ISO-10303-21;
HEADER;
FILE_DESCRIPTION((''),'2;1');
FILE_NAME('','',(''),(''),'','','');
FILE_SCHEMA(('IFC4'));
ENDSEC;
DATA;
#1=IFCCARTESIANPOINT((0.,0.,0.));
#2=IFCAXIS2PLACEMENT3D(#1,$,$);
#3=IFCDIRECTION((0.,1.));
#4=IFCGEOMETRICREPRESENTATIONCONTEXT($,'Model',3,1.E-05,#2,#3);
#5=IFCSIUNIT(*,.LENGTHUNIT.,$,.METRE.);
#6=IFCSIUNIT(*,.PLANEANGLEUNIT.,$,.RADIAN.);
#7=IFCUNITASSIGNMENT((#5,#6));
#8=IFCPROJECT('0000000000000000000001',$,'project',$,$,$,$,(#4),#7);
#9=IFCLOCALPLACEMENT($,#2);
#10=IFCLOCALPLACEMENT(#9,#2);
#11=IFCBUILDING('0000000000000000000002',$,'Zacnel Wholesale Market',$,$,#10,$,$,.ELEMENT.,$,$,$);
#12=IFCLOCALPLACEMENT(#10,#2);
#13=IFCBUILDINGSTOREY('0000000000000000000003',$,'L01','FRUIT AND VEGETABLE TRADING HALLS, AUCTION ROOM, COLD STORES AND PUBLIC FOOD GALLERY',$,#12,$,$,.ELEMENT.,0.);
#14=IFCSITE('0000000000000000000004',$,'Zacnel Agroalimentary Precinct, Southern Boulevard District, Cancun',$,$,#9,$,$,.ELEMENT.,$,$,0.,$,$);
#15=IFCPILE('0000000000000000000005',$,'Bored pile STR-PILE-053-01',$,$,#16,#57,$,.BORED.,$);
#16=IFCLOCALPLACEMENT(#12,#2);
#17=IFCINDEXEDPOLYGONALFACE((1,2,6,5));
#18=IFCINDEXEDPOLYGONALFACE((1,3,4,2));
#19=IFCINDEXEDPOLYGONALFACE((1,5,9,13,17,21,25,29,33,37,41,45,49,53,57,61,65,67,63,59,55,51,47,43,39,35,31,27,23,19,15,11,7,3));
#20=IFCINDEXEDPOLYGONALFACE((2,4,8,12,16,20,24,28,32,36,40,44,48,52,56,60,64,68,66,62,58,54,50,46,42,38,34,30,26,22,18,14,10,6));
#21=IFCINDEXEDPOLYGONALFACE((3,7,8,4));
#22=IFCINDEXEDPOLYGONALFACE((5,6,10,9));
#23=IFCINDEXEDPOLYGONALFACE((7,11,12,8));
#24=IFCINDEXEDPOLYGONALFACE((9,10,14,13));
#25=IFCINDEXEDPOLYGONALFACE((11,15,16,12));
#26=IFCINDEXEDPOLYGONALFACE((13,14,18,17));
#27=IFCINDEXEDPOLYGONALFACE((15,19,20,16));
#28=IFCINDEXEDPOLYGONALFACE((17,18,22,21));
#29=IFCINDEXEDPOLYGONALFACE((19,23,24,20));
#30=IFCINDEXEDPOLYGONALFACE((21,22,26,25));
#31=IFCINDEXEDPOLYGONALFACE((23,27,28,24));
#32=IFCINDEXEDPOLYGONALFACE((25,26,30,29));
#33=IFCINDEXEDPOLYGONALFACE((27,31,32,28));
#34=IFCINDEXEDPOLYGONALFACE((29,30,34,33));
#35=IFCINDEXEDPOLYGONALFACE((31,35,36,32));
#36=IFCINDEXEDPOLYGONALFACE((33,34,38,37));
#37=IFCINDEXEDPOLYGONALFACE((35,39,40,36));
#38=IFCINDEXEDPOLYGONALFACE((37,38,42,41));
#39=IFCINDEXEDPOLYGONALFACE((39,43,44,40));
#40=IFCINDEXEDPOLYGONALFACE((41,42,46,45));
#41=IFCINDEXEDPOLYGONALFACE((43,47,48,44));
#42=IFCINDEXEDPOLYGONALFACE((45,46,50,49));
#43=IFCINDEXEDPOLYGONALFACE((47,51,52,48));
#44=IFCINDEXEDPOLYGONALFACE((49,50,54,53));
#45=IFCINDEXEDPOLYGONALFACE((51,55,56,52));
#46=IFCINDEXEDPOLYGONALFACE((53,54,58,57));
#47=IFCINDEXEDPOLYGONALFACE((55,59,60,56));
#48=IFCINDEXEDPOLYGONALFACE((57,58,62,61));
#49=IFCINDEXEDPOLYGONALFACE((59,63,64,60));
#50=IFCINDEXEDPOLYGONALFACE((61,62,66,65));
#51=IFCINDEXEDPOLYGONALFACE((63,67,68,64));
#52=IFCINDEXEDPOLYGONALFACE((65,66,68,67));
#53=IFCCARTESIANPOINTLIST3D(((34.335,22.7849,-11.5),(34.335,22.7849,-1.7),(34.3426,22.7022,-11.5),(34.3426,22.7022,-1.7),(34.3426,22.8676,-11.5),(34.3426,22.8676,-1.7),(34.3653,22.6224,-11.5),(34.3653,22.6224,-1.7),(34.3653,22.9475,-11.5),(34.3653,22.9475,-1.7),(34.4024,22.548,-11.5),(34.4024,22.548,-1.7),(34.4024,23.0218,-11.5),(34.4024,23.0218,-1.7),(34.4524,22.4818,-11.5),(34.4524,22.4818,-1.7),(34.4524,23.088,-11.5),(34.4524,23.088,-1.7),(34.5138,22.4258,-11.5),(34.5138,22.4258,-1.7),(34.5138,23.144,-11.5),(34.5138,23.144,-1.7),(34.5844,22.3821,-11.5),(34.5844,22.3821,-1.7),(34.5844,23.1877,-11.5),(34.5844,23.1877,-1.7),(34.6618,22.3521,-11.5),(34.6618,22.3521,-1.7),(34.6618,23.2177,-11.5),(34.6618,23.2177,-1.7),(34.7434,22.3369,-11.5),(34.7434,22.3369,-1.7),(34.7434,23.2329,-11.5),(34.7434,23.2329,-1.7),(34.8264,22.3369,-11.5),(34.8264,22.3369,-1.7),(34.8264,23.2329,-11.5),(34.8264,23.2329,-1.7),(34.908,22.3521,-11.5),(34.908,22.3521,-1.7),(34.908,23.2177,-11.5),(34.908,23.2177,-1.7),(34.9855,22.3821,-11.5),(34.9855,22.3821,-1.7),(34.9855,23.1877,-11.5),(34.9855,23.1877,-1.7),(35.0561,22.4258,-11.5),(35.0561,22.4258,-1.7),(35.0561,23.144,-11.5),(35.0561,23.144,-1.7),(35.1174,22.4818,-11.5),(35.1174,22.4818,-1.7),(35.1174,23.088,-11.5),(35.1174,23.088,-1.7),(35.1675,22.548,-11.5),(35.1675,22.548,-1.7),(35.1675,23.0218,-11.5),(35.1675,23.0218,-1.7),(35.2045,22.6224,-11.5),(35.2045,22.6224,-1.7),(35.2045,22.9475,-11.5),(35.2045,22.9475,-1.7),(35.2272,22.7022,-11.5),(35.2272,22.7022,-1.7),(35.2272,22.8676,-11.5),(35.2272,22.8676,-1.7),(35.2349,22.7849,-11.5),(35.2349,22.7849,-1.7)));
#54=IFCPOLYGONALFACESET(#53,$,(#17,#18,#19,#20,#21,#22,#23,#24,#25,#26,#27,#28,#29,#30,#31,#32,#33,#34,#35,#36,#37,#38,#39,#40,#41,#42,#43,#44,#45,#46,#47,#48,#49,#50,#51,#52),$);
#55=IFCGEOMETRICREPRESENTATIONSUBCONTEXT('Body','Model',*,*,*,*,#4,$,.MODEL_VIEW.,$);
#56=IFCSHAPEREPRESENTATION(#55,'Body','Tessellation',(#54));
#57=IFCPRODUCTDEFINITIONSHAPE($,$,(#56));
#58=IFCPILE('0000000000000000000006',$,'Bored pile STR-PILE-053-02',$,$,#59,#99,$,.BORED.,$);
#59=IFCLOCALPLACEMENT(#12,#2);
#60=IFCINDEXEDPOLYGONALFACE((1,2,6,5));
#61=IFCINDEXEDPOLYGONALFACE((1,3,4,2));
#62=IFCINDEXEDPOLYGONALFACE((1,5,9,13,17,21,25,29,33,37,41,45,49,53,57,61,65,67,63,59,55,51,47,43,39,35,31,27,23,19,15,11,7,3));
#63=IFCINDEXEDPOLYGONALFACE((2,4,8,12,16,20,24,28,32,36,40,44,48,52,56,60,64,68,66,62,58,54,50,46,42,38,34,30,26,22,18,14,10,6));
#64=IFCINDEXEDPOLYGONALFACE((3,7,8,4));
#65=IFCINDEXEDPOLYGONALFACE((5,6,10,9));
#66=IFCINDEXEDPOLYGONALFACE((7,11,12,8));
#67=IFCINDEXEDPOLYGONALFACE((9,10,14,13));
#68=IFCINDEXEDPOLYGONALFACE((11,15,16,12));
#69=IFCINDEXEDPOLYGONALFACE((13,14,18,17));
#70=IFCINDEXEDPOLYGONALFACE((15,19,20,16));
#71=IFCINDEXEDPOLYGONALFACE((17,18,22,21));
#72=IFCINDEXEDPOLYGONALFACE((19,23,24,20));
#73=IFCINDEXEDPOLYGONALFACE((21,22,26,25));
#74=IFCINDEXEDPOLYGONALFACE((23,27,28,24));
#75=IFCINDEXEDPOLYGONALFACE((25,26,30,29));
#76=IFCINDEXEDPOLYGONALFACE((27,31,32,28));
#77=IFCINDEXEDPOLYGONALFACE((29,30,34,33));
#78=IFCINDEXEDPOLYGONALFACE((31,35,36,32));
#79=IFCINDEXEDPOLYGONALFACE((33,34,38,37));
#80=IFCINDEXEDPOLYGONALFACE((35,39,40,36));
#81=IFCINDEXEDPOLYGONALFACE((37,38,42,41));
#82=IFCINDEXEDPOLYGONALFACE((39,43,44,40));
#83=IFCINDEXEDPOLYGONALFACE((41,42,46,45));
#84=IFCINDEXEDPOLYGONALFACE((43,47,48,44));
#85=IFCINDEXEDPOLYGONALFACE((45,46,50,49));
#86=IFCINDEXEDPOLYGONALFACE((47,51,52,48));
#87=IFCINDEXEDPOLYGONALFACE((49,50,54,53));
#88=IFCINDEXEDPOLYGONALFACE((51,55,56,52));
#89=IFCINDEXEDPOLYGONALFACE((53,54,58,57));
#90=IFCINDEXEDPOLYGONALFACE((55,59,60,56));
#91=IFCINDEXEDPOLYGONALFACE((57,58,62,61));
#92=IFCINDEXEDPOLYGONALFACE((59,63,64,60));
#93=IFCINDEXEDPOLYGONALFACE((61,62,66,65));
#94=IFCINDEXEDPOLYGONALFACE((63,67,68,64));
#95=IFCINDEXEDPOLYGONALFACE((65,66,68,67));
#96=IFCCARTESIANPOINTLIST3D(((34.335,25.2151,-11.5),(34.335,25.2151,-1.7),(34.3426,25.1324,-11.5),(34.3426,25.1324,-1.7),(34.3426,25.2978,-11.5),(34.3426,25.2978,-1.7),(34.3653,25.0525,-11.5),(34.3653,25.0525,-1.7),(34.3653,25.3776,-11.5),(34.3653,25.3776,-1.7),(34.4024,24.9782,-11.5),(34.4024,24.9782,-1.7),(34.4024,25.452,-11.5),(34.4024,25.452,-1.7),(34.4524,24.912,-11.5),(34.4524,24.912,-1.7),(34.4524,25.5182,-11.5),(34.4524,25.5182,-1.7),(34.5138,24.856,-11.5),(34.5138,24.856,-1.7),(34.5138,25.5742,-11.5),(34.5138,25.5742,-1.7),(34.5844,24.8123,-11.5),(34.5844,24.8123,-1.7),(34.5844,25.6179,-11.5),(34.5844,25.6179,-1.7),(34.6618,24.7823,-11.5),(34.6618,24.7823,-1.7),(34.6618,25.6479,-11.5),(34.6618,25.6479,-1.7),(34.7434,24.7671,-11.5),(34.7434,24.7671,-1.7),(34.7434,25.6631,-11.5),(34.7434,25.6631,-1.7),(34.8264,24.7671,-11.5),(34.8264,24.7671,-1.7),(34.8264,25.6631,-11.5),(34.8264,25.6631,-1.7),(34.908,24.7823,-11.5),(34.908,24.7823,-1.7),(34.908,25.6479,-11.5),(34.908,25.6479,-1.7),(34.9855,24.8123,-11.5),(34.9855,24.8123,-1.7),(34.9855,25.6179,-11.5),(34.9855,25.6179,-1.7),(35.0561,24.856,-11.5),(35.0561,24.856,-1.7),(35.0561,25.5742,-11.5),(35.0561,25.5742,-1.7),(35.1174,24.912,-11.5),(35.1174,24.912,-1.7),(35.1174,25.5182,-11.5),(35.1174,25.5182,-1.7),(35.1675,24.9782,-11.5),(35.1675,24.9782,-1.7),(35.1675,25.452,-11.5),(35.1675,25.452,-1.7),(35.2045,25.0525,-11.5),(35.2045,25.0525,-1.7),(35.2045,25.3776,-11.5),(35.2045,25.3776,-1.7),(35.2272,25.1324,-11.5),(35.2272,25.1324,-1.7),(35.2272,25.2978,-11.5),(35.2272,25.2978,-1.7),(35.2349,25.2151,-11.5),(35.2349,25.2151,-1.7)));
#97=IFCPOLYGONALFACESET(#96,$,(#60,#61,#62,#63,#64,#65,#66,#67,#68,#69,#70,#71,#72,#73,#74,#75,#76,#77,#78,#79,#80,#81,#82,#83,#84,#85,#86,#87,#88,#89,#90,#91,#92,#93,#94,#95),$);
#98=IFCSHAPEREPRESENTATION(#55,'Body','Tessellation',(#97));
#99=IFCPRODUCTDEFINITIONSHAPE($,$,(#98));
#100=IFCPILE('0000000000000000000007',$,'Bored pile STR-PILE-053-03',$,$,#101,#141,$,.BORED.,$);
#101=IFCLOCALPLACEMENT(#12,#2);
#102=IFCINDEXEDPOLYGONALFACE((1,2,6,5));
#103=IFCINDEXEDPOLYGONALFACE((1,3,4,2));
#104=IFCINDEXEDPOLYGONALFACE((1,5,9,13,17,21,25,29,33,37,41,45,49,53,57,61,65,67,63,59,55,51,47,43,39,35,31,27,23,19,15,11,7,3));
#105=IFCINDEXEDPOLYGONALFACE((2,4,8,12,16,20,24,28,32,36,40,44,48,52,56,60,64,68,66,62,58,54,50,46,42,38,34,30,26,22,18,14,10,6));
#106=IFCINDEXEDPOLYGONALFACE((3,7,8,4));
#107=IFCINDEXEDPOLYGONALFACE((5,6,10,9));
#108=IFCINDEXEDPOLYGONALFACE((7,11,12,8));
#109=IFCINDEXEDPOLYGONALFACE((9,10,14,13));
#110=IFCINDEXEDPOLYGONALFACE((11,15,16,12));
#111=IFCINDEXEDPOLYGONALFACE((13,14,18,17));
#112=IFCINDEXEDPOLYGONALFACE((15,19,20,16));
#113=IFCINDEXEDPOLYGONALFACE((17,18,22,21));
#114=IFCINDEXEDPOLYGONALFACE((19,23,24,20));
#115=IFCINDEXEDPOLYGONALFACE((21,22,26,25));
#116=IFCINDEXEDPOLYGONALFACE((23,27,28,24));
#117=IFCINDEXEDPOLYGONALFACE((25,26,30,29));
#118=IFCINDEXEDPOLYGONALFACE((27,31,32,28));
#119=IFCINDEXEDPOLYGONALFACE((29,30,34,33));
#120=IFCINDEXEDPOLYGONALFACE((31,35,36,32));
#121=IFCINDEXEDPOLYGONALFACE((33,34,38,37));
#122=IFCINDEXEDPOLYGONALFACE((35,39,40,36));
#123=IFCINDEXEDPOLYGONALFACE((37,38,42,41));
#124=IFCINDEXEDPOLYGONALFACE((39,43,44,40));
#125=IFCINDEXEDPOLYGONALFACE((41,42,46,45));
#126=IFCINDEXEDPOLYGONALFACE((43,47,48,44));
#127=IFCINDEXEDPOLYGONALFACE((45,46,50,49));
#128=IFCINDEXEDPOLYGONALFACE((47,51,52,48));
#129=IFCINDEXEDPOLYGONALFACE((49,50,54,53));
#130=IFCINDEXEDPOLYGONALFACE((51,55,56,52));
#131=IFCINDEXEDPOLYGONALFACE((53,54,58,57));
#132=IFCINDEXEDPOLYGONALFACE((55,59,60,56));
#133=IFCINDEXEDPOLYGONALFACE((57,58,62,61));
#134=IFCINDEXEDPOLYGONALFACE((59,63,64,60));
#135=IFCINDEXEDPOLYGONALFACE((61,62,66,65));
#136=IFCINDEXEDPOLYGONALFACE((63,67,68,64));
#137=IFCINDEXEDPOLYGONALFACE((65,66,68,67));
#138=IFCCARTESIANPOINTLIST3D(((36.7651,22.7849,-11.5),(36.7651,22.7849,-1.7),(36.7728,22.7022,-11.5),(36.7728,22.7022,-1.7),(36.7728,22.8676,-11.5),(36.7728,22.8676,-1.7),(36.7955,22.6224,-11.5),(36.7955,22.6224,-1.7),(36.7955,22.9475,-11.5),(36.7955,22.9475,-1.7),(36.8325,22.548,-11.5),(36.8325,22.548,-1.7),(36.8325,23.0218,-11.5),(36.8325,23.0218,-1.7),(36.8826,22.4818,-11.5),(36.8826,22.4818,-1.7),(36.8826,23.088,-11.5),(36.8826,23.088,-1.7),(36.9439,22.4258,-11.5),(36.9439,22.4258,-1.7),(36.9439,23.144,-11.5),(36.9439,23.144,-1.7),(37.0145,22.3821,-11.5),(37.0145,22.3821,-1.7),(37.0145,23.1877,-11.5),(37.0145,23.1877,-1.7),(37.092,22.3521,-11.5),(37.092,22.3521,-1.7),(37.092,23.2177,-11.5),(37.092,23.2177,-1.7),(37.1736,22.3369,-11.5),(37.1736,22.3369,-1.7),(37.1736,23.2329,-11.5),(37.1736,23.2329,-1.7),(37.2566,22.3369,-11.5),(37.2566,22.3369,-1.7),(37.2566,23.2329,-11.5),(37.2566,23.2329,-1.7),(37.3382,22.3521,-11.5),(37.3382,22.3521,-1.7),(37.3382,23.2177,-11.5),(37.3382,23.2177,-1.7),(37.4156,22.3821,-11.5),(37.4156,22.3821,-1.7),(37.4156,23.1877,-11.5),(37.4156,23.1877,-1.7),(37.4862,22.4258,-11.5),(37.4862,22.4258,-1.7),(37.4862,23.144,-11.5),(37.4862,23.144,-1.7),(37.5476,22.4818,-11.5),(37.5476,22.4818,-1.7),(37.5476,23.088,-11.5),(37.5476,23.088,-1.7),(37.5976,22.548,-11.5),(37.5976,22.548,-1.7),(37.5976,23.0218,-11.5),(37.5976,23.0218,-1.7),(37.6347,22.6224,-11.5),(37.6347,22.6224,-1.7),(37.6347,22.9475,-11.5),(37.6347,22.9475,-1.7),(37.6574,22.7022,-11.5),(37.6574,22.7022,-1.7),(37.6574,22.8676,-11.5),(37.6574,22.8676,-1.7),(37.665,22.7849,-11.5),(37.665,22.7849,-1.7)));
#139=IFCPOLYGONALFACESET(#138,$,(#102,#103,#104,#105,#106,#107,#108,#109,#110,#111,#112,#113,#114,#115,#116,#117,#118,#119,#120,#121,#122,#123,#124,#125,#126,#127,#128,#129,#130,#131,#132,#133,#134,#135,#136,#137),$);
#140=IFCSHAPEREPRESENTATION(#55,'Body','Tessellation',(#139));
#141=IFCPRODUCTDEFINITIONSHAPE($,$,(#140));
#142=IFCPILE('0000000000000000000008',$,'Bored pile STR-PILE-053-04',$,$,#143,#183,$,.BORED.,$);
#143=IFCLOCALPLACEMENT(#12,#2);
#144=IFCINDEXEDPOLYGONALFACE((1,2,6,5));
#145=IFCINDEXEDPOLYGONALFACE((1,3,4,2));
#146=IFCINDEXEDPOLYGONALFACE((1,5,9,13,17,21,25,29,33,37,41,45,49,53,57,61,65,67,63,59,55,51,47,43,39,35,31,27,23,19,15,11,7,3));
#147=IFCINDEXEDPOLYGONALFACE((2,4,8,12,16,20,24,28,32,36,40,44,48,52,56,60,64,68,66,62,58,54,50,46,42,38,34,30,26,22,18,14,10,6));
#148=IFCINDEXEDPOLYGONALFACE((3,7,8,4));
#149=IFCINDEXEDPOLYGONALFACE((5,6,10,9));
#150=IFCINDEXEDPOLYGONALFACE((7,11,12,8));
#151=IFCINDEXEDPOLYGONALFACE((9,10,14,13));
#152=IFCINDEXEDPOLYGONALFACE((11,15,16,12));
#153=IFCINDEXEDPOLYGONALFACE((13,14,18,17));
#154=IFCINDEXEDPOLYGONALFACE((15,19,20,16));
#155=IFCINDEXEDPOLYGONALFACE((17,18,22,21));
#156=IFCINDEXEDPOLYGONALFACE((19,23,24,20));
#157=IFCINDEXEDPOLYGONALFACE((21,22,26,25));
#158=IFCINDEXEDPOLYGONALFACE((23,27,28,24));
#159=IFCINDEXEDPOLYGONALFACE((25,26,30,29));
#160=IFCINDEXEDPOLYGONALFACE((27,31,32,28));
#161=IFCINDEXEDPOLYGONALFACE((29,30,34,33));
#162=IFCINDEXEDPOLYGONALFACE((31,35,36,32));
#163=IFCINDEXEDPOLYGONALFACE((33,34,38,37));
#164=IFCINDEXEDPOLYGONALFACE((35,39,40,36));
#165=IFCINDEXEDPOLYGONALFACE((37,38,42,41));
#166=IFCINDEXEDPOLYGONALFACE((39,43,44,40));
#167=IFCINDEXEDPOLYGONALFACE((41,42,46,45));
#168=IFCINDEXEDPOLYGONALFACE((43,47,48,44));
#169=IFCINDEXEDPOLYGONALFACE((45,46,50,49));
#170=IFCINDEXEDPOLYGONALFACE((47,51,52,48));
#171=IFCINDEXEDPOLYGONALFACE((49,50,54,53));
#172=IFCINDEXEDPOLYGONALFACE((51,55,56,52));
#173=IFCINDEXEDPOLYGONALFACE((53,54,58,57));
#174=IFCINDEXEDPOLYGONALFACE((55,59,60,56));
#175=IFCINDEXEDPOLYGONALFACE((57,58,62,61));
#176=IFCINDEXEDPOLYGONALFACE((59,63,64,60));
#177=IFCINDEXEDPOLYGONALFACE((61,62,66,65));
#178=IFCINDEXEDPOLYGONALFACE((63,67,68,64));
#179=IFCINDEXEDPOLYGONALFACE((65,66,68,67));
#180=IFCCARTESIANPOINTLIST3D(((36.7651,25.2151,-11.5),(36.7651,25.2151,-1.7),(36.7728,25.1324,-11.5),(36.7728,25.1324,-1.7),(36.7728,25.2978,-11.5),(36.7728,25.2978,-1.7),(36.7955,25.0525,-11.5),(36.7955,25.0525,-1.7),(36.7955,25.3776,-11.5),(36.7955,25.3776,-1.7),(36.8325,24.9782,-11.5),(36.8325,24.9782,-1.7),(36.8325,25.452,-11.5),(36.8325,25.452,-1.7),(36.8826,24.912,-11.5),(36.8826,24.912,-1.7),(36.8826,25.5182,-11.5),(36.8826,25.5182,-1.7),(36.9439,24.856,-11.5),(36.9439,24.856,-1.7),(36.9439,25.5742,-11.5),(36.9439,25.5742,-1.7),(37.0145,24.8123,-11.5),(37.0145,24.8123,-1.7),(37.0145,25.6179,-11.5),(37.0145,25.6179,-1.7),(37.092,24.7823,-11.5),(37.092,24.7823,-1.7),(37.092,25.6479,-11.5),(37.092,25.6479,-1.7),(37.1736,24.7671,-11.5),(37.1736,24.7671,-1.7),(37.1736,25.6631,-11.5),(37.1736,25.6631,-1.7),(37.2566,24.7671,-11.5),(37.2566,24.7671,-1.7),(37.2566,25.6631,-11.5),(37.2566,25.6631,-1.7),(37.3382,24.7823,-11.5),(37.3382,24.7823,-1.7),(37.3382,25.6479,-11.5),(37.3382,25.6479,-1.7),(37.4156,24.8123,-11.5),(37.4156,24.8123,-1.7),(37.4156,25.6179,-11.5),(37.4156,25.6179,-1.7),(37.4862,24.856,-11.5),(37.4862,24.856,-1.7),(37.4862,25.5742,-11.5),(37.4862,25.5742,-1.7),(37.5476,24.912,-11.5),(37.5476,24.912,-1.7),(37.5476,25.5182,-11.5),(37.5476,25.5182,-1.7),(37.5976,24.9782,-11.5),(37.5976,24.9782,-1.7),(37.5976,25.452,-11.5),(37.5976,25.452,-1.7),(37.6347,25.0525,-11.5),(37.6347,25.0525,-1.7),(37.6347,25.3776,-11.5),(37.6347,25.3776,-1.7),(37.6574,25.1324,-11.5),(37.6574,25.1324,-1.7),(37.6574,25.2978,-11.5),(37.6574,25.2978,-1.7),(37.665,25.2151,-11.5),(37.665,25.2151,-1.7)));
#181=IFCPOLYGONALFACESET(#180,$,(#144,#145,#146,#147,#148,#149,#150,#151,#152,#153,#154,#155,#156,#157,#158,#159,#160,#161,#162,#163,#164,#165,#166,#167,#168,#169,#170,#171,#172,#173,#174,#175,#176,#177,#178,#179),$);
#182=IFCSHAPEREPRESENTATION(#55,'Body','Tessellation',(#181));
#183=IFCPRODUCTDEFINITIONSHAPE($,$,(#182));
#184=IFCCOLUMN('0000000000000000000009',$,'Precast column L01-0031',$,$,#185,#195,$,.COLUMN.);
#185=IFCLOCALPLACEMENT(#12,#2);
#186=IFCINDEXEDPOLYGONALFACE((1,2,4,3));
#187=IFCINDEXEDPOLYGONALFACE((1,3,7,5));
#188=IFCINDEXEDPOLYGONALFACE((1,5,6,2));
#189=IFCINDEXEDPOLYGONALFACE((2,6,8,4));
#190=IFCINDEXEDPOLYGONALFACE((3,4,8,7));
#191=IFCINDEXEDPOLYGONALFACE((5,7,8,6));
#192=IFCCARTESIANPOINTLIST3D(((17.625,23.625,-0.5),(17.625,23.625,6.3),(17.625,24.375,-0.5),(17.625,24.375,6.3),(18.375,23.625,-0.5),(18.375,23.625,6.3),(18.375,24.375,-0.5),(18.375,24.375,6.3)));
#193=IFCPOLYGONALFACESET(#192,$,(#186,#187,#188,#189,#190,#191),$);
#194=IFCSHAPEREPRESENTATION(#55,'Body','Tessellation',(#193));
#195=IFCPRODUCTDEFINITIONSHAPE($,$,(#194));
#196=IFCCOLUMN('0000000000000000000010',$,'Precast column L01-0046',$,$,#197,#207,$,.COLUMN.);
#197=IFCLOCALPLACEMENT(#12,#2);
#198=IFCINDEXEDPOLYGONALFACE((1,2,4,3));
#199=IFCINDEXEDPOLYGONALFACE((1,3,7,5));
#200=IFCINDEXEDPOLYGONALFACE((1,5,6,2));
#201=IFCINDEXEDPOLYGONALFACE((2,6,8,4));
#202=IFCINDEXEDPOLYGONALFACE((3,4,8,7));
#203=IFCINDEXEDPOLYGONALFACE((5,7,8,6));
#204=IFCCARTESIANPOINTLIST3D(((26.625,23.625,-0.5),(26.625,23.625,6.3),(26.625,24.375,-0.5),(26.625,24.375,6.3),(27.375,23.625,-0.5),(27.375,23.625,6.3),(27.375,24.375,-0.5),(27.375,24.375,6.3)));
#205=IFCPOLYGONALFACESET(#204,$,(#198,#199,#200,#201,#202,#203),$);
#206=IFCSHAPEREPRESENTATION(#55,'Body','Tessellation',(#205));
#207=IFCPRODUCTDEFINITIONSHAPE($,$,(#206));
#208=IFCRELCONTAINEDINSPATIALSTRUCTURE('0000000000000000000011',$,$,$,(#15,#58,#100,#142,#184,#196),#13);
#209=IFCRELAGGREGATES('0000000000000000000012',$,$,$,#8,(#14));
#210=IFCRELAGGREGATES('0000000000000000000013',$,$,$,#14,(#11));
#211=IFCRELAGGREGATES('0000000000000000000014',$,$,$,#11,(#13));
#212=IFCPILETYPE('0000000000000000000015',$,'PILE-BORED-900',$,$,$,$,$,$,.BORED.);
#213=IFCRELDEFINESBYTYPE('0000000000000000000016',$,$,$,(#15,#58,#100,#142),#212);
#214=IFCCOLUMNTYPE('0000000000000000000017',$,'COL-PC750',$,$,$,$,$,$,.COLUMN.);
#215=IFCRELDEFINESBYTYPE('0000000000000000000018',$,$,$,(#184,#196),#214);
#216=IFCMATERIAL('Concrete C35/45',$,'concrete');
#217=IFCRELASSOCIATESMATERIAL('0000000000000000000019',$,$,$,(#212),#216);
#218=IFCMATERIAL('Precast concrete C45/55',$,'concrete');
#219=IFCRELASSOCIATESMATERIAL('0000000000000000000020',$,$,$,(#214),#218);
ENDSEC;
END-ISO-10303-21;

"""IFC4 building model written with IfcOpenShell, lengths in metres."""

from ifc_helpers import new_model, si_unit, direction, frame, origin, origin_2d, place, context, subcontext, project, spatial, rectangle, circle, extrude, material, material_profile, profile_set, type_object, element, save


model = new_model("IFC4")

# Units and contexts
model_context = context("Model", 3, precision=1e-05, world=origin(), true_north=direction((0.0, 1.0)))
body_context = subcontext(model_context, "Body", "Model", "MODEL_VIEW")
ifc_project = project(units=[si_unit("LENGTHUNIT", "METRE"), si_unit("PLANEANGLEUNIT", "RADIAN")], contexts=[model_context])

# Site, building, storey
site_placement = place(None, origin())
site = spatial("IfcSite", under=ifc_project, at=site_placement, Name="Zacnel Agroalimentary Precinct, Southern Boulevard District, Cancun", CompositionType="ELEMENT", RefElevation=0.0)
building_placement = place(site_placement, origin())
building = spatial("IfcBuilding", under=site, at=building_placement, Name="Zacnel Wholesale Market", CompositionType="ELEMENT")
storey_placement = place(building_placement, origin())
storey = spatial("IfcBuildingStorey", under=building, at=storey_placement, Name="L01", Description="FRUIT AND VEGETABLE TRADING HALLS, AUCTION ROOM, COLD STORES AND PUBLIC FOOD GALLERY", CompositionType="ELEMENT", Elevation=0.0)

# Piles
ifc_material_1 = material(Name="Concrete C35/45", Category="concrete")
ifc_material_profile_1 = material_profile(ifc_material_1, circle(Radius=0.45, at=origin_2d()), Name="BORED PILE D900")
ifc_profile_set_1 = profile_set([ifc_material_profile_1], Name="Concrete C35/45")
pile_type = type_object("IfcPileType", Name="PILE-BORED-900", PredefinedType="BORED", material=ifc_profile_set_1)
for number, where, z_axis, x_axis, name in (
    (1, (34.7849, 22.7849, -1.7), (0.0, 0.0, -1.0), (1.0, 0.0, 0.0), "Bored pile STR-PILE-053-01"),
    (2, (34.7849, 25.2151, -1.7), (0.0, 0.0, -1.0), (1.0, 0.0, 0.0), "Bored pile STR-PILE-053-02"),
    (3, (37.2151, 22.7849, -1.7), (0.0, 0.0, -1.0), (1.0, 0.0, 0.0), "Bored pile STR-PILE-053-03"),
    (4, (37.2151, 25.2151, -1.7), (0.0, 0.0, -1.0), (1.0, 0.0, 0.0), "Bored pile STR-PILE-053-04"),
):
    element("IfcPile", number, at=place(storey_placement, frame(where, z_axis=z_axis, x_axis=x_axis)), inside=storey, type_object=pile_type, Name=name, PredefinedType="BORED", context=body_context, shape_type="SweptSolid", body=[
        extrude(circle(Radius=0.45, at=origin_2d()), origin(), (0.0, 0.0, 1.0), 9.8),
    ])

# Columns
ifc_material_2 = material(Name="Precast concrete C45/55", Category="concrete")
ifc_material_profile_2 = material_profile(ifc_material_2, rectangle(XDim=0.75, YDim=0.75, at=origin_2d()), Name="PC 750x750")
ifc_profile_set_2 = profile_set([ifc_material_profile_2], Name="Precast concrete C45/55")
column_type = type_object("IfcColumnType", Name="COL-PC750", PredefinedType="COLUMN", material=ifc_profile_set_2)
for number, where, z_axis, x_axis, name in (
    (5, (18.0, 24.0, -0.5), (0.0, 0.0, 1.0), (1.0, 0.0, 0.0), "Precast column L01-0031"),
    (6, (27.0, 24.0, -0.5), (0.0, 0.0, 1.0), (1.0, 0.0, 0.0), "Precast column L01-0046"),
):
    element("IfcColumn", number, at=place(storey_placement, frame(where, z_axis=z_axis, x_axis=x_axis)), inside=storey, type_object=column_type, Name=name, PredefinedType="COLUMN", context=body_context, shape_type="SweptSolid", body=[
        extrude(rectangle(XDim=0.75, YDim=0.75, at=origin_2d()), origin(), (0.0, 0.0, 1.0), 6.8),
    ])

save(model, "model.ifc")
